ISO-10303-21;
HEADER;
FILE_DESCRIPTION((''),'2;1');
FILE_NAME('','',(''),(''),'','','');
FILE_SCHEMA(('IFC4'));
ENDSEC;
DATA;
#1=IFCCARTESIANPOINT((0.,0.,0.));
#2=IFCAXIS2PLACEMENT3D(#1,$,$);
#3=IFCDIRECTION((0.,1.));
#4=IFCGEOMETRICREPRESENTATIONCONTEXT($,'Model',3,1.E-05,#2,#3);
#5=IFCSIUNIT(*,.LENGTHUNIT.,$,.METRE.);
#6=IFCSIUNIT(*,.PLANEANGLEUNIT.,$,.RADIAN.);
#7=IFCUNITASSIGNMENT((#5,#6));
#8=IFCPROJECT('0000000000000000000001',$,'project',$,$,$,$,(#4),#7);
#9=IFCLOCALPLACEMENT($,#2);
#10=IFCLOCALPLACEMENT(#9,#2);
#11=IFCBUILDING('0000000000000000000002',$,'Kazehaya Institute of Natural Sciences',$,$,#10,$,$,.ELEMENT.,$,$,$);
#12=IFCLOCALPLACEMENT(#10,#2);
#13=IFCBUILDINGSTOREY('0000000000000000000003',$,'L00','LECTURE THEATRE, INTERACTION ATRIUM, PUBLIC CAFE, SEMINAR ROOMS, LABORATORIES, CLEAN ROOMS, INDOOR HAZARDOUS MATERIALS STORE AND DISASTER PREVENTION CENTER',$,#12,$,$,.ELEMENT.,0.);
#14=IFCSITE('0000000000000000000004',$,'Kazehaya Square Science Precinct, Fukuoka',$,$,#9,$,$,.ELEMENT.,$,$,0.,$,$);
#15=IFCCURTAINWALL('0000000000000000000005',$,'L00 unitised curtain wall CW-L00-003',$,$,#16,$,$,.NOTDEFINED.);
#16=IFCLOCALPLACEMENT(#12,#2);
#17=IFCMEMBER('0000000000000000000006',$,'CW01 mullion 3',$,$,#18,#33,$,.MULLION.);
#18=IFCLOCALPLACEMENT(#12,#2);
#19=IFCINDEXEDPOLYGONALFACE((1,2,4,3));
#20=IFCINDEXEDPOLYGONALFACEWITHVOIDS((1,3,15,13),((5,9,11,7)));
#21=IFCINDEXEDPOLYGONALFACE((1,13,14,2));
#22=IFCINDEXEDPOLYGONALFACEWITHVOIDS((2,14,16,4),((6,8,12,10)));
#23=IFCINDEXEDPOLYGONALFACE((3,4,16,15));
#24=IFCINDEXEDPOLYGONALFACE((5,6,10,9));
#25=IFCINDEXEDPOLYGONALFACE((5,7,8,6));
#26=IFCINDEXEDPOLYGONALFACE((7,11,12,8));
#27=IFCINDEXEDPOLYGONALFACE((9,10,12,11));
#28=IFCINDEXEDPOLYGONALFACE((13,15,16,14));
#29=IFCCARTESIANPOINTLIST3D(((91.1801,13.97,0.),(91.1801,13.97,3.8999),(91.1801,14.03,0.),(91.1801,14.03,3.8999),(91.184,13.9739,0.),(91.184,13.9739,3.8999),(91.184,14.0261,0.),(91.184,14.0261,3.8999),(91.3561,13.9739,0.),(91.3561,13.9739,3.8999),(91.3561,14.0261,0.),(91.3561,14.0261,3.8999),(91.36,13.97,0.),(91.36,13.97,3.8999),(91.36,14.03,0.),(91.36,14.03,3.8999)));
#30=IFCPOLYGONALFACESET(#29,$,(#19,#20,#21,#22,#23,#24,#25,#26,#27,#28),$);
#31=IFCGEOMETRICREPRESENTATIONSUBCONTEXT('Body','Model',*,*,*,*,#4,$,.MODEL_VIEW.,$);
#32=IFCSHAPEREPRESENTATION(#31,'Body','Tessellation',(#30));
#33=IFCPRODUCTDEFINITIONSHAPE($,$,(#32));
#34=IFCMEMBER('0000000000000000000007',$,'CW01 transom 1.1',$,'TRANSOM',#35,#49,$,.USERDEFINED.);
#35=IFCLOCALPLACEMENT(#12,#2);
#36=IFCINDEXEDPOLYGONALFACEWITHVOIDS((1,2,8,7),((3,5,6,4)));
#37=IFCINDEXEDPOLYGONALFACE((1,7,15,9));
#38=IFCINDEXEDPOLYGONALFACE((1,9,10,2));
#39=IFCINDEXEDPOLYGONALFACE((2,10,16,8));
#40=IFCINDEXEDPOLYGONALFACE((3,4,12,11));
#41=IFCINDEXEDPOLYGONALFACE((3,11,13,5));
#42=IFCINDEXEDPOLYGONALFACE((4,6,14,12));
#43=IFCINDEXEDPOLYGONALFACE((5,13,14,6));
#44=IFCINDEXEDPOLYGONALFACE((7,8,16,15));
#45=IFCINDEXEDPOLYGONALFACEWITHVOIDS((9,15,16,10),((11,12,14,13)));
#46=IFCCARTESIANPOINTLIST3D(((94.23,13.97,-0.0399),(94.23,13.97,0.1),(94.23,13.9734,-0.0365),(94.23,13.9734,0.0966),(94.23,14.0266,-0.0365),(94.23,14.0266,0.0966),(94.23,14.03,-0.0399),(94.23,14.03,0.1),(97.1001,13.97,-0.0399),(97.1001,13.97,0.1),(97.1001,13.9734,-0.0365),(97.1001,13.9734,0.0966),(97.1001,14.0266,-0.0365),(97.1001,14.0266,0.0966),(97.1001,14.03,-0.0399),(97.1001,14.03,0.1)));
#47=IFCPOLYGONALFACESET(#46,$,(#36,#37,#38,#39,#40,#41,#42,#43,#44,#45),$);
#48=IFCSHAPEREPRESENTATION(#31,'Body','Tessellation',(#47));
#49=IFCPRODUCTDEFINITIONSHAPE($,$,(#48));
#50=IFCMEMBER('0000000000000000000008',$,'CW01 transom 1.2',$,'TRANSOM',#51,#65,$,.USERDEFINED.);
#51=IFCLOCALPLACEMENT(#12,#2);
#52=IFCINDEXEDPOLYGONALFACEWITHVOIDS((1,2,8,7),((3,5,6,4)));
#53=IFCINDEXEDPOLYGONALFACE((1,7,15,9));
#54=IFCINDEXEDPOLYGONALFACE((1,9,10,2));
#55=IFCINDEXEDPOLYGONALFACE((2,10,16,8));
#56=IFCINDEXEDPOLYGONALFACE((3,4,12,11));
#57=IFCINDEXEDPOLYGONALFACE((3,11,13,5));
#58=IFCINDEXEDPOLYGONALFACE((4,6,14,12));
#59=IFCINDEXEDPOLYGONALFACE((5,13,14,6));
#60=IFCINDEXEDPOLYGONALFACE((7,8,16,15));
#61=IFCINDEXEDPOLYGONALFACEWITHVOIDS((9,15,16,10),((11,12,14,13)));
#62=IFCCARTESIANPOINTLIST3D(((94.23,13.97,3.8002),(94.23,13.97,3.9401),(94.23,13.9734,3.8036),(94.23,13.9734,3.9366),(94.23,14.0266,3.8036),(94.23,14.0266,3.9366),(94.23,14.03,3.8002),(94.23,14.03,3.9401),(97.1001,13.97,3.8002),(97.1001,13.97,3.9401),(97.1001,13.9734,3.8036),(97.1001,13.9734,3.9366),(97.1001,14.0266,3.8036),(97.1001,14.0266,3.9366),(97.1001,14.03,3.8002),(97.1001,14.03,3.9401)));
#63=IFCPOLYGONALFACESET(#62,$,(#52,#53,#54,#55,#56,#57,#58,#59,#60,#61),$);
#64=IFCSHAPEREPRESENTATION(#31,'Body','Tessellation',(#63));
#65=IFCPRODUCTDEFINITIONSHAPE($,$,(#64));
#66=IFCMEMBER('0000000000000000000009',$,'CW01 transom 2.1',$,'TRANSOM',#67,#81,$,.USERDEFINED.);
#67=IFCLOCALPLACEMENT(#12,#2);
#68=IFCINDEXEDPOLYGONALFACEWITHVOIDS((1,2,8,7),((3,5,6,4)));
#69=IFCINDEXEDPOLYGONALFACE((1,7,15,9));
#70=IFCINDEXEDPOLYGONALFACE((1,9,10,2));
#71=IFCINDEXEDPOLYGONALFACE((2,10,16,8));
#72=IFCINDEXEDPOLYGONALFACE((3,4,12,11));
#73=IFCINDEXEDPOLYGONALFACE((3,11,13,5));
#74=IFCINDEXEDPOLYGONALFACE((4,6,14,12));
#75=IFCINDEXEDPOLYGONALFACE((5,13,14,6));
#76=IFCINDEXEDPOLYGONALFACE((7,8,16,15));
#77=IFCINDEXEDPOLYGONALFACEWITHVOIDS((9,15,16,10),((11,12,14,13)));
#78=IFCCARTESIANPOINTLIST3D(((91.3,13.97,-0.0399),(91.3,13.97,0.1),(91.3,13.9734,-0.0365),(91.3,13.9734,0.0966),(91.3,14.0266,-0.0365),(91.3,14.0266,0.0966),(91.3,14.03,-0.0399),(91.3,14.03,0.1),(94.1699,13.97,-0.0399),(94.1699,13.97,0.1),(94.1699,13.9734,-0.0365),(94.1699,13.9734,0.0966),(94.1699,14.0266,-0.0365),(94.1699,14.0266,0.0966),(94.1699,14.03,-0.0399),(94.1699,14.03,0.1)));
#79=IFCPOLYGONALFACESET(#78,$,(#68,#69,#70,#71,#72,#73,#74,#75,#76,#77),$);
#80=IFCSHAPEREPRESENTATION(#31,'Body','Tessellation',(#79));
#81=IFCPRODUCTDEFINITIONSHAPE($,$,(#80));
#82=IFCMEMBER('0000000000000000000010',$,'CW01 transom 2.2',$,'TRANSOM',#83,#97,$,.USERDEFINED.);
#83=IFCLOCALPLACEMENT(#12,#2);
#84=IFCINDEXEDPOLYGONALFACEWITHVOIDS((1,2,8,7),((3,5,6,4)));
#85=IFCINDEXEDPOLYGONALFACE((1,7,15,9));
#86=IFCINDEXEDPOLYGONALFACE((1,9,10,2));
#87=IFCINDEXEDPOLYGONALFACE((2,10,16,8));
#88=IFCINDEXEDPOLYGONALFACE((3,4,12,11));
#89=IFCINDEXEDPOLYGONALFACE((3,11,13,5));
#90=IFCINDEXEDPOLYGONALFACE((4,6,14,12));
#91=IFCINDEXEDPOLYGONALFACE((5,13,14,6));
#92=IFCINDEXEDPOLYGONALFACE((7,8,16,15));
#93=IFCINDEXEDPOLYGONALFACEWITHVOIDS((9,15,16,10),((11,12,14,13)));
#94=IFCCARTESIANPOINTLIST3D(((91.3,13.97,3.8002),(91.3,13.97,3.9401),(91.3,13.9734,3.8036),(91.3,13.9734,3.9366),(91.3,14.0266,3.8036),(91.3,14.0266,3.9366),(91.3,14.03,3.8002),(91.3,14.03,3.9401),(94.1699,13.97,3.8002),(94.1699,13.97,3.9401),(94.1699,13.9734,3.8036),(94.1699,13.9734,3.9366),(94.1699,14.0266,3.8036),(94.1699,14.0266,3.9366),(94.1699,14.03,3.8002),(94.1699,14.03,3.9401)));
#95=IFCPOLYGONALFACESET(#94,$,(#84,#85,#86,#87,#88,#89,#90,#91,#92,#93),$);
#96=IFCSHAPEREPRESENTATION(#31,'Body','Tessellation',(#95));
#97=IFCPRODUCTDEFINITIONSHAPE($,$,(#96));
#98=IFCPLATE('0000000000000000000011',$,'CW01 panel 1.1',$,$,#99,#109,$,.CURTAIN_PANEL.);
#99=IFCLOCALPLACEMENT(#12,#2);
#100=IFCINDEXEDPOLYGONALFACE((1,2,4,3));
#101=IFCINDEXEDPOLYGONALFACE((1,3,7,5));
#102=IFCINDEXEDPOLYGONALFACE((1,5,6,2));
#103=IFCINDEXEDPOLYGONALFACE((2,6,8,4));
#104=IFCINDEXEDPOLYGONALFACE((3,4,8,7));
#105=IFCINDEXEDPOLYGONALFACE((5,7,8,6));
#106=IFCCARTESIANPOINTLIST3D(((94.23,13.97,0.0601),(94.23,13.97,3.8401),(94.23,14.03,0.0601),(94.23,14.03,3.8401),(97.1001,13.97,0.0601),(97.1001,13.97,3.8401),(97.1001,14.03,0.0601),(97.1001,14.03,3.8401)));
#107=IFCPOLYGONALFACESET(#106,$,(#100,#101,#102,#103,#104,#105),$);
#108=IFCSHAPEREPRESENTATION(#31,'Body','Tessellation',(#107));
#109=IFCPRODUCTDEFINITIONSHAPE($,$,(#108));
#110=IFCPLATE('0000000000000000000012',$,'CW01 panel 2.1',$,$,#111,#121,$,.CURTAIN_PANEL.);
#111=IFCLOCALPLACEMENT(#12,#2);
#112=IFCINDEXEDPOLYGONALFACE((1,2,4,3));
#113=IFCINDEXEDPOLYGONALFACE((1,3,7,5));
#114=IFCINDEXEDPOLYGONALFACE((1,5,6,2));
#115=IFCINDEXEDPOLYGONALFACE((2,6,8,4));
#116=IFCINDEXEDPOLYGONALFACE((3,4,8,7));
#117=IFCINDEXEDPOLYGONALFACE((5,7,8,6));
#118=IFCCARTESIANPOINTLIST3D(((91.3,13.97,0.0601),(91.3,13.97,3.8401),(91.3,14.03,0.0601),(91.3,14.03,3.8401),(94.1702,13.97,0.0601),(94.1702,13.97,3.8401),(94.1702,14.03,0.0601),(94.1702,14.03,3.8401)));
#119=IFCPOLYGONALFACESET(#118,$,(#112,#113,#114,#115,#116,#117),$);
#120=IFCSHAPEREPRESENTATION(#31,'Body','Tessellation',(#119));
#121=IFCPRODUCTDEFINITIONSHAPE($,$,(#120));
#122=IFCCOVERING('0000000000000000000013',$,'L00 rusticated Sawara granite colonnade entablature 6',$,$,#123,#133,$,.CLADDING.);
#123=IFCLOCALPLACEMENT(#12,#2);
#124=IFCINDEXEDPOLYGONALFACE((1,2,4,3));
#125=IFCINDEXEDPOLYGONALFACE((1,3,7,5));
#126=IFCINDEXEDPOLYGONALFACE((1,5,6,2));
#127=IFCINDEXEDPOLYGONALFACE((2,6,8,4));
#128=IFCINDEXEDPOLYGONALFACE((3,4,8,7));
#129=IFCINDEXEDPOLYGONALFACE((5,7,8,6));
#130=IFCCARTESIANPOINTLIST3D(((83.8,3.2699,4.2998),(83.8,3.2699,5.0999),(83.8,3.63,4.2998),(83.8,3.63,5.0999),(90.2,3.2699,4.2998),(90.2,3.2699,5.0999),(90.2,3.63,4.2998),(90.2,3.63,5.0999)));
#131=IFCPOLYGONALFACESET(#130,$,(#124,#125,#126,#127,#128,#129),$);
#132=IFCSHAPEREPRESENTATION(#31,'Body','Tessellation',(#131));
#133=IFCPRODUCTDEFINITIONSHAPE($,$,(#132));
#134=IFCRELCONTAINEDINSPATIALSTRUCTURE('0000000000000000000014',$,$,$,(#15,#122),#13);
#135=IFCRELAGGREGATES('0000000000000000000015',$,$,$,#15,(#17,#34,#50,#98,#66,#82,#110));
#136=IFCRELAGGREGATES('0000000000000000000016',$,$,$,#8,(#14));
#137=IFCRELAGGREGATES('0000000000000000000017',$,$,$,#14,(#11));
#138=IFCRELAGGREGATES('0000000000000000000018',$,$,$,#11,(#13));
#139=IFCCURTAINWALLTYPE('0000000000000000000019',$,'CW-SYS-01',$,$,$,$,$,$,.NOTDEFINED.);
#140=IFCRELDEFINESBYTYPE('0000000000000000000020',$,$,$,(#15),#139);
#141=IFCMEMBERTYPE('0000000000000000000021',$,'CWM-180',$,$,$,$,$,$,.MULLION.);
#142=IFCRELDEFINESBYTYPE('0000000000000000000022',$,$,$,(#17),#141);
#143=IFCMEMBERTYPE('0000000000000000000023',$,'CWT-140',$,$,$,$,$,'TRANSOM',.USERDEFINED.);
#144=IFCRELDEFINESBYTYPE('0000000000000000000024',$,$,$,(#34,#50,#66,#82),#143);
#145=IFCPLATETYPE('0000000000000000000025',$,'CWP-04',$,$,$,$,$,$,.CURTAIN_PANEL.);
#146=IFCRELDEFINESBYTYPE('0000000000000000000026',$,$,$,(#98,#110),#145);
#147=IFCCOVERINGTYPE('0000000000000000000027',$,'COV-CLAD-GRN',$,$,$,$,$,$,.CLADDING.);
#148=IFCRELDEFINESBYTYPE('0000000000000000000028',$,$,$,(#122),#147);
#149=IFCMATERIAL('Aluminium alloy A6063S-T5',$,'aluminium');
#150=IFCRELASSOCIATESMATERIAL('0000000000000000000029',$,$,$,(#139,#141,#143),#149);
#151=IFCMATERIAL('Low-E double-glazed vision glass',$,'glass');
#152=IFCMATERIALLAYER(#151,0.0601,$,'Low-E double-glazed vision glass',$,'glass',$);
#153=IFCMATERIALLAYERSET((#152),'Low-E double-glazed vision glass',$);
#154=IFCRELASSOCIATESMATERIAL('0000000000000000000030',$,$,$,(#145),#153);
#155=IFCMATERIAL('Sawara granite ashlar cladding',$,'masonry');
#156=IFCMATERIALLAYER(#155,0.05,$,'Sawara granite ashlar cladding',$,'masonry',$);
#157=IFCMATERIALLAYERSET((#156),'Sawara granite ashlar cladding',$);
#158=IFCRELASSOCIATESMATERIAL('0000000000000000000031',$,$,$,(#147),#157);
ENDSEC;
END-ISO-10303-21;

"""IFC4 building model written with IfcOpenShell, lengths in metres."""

from ifc_helpers import new_model, si_unit, direction, frame, origin, origin_2d, place, context, subcontext, project, spatial, rectangle, hollow_rectangle, extrude, material, layer, layer_set, material_profile, profile_set, type_object, element, aggregate, save


model = new_model("IFC4")

# Units and contexts
model_context = context("Model", 3, precision=1e-05, world=origin(), true_north=direction((0.0, 1.0)))
body_context = subcontext(model_context, "Body", "Model", "MODEL_VIEW")
ifc_project = project(units=[si_unit("LENGTHUNIT", "METRE"), si_unit("PLANEANGLEUNIT", "RADIAN")], contexts=[model_context])

# Site, building, storey
site_placement = place(None, origin())
site = spatial("IfcSite", under=ifc_project, at=site_placement, Name="Kazehaya Square Science Precinct, Fukuoka", CompositionType="ELEMENT", RefElevation=0.0)
building_placement = place(site_placement, origin())
building = spatial("IfcBuilding", under=site, at=building_placement, Name="Kazehaya Institute of Natural Sciences", CompositionType="ELEMENT")
storey_placement = place(building_placement, origin())
storey = spatial("IfcBuildingStorey", under=building, at=storey_placement, Name="L00", Description="LECTURE THEATRE, INTERACTION ATRIUM, PUBLIC CAFE, SEMINAR ROOMS, LABORATORIES, CLEAN ROOMS, INDOOR HAZARDOUS MATERIALS STORE AND DISASTER PREVENTION CENTER", CompositionType="ELEMENT", Elevation=0.0)

# Curtain wall, members, plates
ifc_material_1 = material(Name="Aluminium alloy A6063S-T5", Category="aluminium")
curtain_wall_type = type_object("IfcCurtainWallType", Name="CW-SYS-01", PredefinedType="NOTDEFINED", material=ifc_material_1)
curtain_wall_placement = place(storey_placement, origin())
curtain_wall = element("IfcCurtainWall", 1, at=curtain_wall_placement, inside=storey, type_object=curtain_wall_type, Name="L00 unitised curtain wall CW-L00-003", PredefinedType="NOTDEFINED")
ifc_material_profile_1 = material_profile(ifc_material_1, hollow_rectangle(XDim=0.0601, YDim=0.1799, WallThickness=0.0039, at=origin_2d()), Name="ALU-60x180x4")
ifc_profile_set_1 = profile_set([ifc_material_profile_1], Name="Aluminium alloy A6063S-T5")
member_type_1 = type_object("IfcMemberType", Name="CWM-180", PredefinedType="MULLION", material=ifc_profile_set_1)
member_1_placement = place(storey_placement, frame((91.27, 14.0, 0.0), z_axis=(0.0, 0.0, 1.0), x_axis=(0.0, -1.0, 0.0)))
member_1 = element("IfcMember", 2, at=member_1_placement, type_object=member_type_1, Name="CW01 mullion 3", PredefinedType="MULLION", context=body_context, shape_type="SweptSolid", body=[
    extrude(hollow_rectangle(XDim=0.0601, YDim=0.1799, WallThickness=0.0039, at=origin_2d()), origin(), (0.0, 0.0, 1.0), 3.8999),
])
ifc_material_profile_2 = material_profile(ifc_material_1, hollow_rectangle(XDim=0.0601, YDim=0.1399, WallThickness=0.0034, at=origin_2d()), Name="ALU-60x140x3.5")
ifc_profile_set_2 = profile_set([ifc_material_profile_2], Name="Aluminium alloy A6063S-T5")
member_type_2 = type_object("IfcMemberType", Name="CWT-140", ElementType="TRANSOM", PredefinedType="USERDEFINED", material=ifc_profile_set_2)
member_2_placement = place(storey_placement, frame((97.1001, 14.0, 0.03), z_axis=(-1.0, 0.0, 0.0), x_axis=(0.0, -1.0, 0.0)))
member_2 = element("IfcMember", 3, at=member_2_placement, type_object=member_type_2, Name="CW01 transom 1.1", ObjectType="TRANSOM", PredefinedType="USERDEFINED", context=body_context, shape_type="SweptSolid", body=[
    extrude(hollow_rectangle(XDim=0.0601, YDim=0.1399, WallThickness=0.0034, at=origin_2d()), origin(), (0.0, 0.0, 1.0), 2.8701),
])
member_3_placement = place(storey_placement, frame((97.1001, 14.0, 3.8701), z_axis=(-1.0, 0.0, 0.0), x_axis=(0.0, -1.0, 0.0)))
member_3 = element("IfcMember", 4, at=member_3_placement, type_object=member_type_2, Name="CW01 transom 1.2", ObjectType="TRANSOM", PredefinedType="USERDEFINED", context=body_context, shape_type="SweptSolid", body=[
    extrude(hollow_rectangle(XDim=0.0601, YDim=0.1399, WallThickness=0.0034, at=origin_2d()), origin(), (0.0, 0.0, 1.0), 2.8701),
])
member_4_placement = place(storey_placement, frame((94.1699, 14.0, 0.03), z_axis=(-1.0, 0.0, 0.0), x_axis=(0.0, -1.0, 0.0)))
member_4 = element("IfcMember", 5, at=member_4_placement, type_object=member_type_2, Name="CW01 transom 2.1", ObjectType="TRANSOM", PredefinedType="USERDEFINED", context=body_context, shape_type="SweptSolid", body=[
    extrude(hollow_rectangle(XDim=0.0601, YDim=0.1399, WallThickness=0.0034, at=origin_2d()), origin(), (0.0, 0.0, 1.0), 2.8699),
])
member_5_placement = place(storey_placement, frame((94.1699, 14.0, 3.8701), z_axis=(-1.0, 0.0, 0.0), x_axis=(0.0, -1.0, 0.0)))
member_5 = element("IfcMember", 6, at=member_5_placement, type_object=member_type_2, Name="CW01 transom 2.2", ObjectType="TRANSOM", PredefinedType="USERDEFINED", context=body_context, shape_type="SweptSolid", body=[
    extrude(hollow_rectangle(XDim=0.0601, YDim=0.1399, WallThickness=0.0034, at=origin_2d()), origin(), (0.0, 0.0, 1.0), 2.8699),
])
ifc_material_2 = material(Name="Low-E double-glazed vision glass", Category="glass")
ifc_layer_1 = layer(ifc_material_2, 0.0601, Name="Low-E double-glazed vision glass", Category="glass")
ifc_layer_set_1 = layer_set([ifc_layer_1], Name="Low-E double-glazed vision glass")
plate_type = type_object("IfcPlateType", Name="CWP-04", PredefinedType="CURTAIN_PANEL", material=ifc_layer_set_1)
plate_1_placement = place(storey_placement, frame((95.665, 14.0, 0.0601), z_axis=(0.0, 0.0, 1.0), x_axis=(-1.0, 0.0, 0.0)))
plate_1 = element("IfcPlate", 7, at=plate_1_placement, type_object=plate_type, Name="CW01 panel 1.1", PredefinedType="CURTAIN_PANEL", context=body_context, shape_type="SweptSolid", body=[
    extrude(rectangle(XDim=2.8701, YDim=0.0601, at=origin_2d()), origin(), (0.0, 0.0, 1.0), 3.78),
])
plate_2_placement = place(storey_placement, frame((92.7351, 14.0, 0.0601), z_axis=(0.0, 0.0, 1.0), x_axis=(-1.0, 0.0, 0.0)))
plate_2 = element("IfcPlate", 8, at=plate_2_placement, type_object=plate_type, Name="CW01 panel 2.1", PredefinedType="CURTAIN_PANEL", context=body_context, shape_type="SweptSolid", body=[
    extrude(rectangle(XDim=2.8701, YDim=0.0601, at=origin_2d()), origin(), (0.0, 0.0, 1.0), 3.78),
])
aggregate(curtain_wall, [member_1, member_2, member_3, plate_1, member_4, member_5, plate_2])

# Covering
ifc_material_3 = material(Name="Sawara granite ashlar cladding", Category="masonry")
ifc_layer_2 = layer(ifc_material_3, 0.05, Name="Sawara granite ashlar cladding", Category="masonry")
ifc_layer_set_2 = layer_set([ifc_layer_2], Name="Sawara granite ashlar cladding")
covering_type = type_object("IfcCoveringType", Name="COV-CLAD-GRN", PredefinedType="CLADDING", material=ifc_layer_set_2)
covering_placement = place(storey_placement, frame((87.0, 3.45, 4.2998), z_axis=(0.0, 0.0, 1.0), x_axis=(1.0, 0.0, 0.0)))
element("IfcCovering", 9, at=covering_placement, inside=storey, type_object=covering_type, Name="L00 rusticated Sawara granite colonnade entablature 6", PredefinedType="CLADDING", context=body_context, shape_type="SweptSolid", body=[
    extrude(rectangle(XDim=6.3999, YDim=0.3601, at=origin_2d()), origin(), (0.0, 0.0, 1.0), 0.8),
])

save(model, "model.ifc")
